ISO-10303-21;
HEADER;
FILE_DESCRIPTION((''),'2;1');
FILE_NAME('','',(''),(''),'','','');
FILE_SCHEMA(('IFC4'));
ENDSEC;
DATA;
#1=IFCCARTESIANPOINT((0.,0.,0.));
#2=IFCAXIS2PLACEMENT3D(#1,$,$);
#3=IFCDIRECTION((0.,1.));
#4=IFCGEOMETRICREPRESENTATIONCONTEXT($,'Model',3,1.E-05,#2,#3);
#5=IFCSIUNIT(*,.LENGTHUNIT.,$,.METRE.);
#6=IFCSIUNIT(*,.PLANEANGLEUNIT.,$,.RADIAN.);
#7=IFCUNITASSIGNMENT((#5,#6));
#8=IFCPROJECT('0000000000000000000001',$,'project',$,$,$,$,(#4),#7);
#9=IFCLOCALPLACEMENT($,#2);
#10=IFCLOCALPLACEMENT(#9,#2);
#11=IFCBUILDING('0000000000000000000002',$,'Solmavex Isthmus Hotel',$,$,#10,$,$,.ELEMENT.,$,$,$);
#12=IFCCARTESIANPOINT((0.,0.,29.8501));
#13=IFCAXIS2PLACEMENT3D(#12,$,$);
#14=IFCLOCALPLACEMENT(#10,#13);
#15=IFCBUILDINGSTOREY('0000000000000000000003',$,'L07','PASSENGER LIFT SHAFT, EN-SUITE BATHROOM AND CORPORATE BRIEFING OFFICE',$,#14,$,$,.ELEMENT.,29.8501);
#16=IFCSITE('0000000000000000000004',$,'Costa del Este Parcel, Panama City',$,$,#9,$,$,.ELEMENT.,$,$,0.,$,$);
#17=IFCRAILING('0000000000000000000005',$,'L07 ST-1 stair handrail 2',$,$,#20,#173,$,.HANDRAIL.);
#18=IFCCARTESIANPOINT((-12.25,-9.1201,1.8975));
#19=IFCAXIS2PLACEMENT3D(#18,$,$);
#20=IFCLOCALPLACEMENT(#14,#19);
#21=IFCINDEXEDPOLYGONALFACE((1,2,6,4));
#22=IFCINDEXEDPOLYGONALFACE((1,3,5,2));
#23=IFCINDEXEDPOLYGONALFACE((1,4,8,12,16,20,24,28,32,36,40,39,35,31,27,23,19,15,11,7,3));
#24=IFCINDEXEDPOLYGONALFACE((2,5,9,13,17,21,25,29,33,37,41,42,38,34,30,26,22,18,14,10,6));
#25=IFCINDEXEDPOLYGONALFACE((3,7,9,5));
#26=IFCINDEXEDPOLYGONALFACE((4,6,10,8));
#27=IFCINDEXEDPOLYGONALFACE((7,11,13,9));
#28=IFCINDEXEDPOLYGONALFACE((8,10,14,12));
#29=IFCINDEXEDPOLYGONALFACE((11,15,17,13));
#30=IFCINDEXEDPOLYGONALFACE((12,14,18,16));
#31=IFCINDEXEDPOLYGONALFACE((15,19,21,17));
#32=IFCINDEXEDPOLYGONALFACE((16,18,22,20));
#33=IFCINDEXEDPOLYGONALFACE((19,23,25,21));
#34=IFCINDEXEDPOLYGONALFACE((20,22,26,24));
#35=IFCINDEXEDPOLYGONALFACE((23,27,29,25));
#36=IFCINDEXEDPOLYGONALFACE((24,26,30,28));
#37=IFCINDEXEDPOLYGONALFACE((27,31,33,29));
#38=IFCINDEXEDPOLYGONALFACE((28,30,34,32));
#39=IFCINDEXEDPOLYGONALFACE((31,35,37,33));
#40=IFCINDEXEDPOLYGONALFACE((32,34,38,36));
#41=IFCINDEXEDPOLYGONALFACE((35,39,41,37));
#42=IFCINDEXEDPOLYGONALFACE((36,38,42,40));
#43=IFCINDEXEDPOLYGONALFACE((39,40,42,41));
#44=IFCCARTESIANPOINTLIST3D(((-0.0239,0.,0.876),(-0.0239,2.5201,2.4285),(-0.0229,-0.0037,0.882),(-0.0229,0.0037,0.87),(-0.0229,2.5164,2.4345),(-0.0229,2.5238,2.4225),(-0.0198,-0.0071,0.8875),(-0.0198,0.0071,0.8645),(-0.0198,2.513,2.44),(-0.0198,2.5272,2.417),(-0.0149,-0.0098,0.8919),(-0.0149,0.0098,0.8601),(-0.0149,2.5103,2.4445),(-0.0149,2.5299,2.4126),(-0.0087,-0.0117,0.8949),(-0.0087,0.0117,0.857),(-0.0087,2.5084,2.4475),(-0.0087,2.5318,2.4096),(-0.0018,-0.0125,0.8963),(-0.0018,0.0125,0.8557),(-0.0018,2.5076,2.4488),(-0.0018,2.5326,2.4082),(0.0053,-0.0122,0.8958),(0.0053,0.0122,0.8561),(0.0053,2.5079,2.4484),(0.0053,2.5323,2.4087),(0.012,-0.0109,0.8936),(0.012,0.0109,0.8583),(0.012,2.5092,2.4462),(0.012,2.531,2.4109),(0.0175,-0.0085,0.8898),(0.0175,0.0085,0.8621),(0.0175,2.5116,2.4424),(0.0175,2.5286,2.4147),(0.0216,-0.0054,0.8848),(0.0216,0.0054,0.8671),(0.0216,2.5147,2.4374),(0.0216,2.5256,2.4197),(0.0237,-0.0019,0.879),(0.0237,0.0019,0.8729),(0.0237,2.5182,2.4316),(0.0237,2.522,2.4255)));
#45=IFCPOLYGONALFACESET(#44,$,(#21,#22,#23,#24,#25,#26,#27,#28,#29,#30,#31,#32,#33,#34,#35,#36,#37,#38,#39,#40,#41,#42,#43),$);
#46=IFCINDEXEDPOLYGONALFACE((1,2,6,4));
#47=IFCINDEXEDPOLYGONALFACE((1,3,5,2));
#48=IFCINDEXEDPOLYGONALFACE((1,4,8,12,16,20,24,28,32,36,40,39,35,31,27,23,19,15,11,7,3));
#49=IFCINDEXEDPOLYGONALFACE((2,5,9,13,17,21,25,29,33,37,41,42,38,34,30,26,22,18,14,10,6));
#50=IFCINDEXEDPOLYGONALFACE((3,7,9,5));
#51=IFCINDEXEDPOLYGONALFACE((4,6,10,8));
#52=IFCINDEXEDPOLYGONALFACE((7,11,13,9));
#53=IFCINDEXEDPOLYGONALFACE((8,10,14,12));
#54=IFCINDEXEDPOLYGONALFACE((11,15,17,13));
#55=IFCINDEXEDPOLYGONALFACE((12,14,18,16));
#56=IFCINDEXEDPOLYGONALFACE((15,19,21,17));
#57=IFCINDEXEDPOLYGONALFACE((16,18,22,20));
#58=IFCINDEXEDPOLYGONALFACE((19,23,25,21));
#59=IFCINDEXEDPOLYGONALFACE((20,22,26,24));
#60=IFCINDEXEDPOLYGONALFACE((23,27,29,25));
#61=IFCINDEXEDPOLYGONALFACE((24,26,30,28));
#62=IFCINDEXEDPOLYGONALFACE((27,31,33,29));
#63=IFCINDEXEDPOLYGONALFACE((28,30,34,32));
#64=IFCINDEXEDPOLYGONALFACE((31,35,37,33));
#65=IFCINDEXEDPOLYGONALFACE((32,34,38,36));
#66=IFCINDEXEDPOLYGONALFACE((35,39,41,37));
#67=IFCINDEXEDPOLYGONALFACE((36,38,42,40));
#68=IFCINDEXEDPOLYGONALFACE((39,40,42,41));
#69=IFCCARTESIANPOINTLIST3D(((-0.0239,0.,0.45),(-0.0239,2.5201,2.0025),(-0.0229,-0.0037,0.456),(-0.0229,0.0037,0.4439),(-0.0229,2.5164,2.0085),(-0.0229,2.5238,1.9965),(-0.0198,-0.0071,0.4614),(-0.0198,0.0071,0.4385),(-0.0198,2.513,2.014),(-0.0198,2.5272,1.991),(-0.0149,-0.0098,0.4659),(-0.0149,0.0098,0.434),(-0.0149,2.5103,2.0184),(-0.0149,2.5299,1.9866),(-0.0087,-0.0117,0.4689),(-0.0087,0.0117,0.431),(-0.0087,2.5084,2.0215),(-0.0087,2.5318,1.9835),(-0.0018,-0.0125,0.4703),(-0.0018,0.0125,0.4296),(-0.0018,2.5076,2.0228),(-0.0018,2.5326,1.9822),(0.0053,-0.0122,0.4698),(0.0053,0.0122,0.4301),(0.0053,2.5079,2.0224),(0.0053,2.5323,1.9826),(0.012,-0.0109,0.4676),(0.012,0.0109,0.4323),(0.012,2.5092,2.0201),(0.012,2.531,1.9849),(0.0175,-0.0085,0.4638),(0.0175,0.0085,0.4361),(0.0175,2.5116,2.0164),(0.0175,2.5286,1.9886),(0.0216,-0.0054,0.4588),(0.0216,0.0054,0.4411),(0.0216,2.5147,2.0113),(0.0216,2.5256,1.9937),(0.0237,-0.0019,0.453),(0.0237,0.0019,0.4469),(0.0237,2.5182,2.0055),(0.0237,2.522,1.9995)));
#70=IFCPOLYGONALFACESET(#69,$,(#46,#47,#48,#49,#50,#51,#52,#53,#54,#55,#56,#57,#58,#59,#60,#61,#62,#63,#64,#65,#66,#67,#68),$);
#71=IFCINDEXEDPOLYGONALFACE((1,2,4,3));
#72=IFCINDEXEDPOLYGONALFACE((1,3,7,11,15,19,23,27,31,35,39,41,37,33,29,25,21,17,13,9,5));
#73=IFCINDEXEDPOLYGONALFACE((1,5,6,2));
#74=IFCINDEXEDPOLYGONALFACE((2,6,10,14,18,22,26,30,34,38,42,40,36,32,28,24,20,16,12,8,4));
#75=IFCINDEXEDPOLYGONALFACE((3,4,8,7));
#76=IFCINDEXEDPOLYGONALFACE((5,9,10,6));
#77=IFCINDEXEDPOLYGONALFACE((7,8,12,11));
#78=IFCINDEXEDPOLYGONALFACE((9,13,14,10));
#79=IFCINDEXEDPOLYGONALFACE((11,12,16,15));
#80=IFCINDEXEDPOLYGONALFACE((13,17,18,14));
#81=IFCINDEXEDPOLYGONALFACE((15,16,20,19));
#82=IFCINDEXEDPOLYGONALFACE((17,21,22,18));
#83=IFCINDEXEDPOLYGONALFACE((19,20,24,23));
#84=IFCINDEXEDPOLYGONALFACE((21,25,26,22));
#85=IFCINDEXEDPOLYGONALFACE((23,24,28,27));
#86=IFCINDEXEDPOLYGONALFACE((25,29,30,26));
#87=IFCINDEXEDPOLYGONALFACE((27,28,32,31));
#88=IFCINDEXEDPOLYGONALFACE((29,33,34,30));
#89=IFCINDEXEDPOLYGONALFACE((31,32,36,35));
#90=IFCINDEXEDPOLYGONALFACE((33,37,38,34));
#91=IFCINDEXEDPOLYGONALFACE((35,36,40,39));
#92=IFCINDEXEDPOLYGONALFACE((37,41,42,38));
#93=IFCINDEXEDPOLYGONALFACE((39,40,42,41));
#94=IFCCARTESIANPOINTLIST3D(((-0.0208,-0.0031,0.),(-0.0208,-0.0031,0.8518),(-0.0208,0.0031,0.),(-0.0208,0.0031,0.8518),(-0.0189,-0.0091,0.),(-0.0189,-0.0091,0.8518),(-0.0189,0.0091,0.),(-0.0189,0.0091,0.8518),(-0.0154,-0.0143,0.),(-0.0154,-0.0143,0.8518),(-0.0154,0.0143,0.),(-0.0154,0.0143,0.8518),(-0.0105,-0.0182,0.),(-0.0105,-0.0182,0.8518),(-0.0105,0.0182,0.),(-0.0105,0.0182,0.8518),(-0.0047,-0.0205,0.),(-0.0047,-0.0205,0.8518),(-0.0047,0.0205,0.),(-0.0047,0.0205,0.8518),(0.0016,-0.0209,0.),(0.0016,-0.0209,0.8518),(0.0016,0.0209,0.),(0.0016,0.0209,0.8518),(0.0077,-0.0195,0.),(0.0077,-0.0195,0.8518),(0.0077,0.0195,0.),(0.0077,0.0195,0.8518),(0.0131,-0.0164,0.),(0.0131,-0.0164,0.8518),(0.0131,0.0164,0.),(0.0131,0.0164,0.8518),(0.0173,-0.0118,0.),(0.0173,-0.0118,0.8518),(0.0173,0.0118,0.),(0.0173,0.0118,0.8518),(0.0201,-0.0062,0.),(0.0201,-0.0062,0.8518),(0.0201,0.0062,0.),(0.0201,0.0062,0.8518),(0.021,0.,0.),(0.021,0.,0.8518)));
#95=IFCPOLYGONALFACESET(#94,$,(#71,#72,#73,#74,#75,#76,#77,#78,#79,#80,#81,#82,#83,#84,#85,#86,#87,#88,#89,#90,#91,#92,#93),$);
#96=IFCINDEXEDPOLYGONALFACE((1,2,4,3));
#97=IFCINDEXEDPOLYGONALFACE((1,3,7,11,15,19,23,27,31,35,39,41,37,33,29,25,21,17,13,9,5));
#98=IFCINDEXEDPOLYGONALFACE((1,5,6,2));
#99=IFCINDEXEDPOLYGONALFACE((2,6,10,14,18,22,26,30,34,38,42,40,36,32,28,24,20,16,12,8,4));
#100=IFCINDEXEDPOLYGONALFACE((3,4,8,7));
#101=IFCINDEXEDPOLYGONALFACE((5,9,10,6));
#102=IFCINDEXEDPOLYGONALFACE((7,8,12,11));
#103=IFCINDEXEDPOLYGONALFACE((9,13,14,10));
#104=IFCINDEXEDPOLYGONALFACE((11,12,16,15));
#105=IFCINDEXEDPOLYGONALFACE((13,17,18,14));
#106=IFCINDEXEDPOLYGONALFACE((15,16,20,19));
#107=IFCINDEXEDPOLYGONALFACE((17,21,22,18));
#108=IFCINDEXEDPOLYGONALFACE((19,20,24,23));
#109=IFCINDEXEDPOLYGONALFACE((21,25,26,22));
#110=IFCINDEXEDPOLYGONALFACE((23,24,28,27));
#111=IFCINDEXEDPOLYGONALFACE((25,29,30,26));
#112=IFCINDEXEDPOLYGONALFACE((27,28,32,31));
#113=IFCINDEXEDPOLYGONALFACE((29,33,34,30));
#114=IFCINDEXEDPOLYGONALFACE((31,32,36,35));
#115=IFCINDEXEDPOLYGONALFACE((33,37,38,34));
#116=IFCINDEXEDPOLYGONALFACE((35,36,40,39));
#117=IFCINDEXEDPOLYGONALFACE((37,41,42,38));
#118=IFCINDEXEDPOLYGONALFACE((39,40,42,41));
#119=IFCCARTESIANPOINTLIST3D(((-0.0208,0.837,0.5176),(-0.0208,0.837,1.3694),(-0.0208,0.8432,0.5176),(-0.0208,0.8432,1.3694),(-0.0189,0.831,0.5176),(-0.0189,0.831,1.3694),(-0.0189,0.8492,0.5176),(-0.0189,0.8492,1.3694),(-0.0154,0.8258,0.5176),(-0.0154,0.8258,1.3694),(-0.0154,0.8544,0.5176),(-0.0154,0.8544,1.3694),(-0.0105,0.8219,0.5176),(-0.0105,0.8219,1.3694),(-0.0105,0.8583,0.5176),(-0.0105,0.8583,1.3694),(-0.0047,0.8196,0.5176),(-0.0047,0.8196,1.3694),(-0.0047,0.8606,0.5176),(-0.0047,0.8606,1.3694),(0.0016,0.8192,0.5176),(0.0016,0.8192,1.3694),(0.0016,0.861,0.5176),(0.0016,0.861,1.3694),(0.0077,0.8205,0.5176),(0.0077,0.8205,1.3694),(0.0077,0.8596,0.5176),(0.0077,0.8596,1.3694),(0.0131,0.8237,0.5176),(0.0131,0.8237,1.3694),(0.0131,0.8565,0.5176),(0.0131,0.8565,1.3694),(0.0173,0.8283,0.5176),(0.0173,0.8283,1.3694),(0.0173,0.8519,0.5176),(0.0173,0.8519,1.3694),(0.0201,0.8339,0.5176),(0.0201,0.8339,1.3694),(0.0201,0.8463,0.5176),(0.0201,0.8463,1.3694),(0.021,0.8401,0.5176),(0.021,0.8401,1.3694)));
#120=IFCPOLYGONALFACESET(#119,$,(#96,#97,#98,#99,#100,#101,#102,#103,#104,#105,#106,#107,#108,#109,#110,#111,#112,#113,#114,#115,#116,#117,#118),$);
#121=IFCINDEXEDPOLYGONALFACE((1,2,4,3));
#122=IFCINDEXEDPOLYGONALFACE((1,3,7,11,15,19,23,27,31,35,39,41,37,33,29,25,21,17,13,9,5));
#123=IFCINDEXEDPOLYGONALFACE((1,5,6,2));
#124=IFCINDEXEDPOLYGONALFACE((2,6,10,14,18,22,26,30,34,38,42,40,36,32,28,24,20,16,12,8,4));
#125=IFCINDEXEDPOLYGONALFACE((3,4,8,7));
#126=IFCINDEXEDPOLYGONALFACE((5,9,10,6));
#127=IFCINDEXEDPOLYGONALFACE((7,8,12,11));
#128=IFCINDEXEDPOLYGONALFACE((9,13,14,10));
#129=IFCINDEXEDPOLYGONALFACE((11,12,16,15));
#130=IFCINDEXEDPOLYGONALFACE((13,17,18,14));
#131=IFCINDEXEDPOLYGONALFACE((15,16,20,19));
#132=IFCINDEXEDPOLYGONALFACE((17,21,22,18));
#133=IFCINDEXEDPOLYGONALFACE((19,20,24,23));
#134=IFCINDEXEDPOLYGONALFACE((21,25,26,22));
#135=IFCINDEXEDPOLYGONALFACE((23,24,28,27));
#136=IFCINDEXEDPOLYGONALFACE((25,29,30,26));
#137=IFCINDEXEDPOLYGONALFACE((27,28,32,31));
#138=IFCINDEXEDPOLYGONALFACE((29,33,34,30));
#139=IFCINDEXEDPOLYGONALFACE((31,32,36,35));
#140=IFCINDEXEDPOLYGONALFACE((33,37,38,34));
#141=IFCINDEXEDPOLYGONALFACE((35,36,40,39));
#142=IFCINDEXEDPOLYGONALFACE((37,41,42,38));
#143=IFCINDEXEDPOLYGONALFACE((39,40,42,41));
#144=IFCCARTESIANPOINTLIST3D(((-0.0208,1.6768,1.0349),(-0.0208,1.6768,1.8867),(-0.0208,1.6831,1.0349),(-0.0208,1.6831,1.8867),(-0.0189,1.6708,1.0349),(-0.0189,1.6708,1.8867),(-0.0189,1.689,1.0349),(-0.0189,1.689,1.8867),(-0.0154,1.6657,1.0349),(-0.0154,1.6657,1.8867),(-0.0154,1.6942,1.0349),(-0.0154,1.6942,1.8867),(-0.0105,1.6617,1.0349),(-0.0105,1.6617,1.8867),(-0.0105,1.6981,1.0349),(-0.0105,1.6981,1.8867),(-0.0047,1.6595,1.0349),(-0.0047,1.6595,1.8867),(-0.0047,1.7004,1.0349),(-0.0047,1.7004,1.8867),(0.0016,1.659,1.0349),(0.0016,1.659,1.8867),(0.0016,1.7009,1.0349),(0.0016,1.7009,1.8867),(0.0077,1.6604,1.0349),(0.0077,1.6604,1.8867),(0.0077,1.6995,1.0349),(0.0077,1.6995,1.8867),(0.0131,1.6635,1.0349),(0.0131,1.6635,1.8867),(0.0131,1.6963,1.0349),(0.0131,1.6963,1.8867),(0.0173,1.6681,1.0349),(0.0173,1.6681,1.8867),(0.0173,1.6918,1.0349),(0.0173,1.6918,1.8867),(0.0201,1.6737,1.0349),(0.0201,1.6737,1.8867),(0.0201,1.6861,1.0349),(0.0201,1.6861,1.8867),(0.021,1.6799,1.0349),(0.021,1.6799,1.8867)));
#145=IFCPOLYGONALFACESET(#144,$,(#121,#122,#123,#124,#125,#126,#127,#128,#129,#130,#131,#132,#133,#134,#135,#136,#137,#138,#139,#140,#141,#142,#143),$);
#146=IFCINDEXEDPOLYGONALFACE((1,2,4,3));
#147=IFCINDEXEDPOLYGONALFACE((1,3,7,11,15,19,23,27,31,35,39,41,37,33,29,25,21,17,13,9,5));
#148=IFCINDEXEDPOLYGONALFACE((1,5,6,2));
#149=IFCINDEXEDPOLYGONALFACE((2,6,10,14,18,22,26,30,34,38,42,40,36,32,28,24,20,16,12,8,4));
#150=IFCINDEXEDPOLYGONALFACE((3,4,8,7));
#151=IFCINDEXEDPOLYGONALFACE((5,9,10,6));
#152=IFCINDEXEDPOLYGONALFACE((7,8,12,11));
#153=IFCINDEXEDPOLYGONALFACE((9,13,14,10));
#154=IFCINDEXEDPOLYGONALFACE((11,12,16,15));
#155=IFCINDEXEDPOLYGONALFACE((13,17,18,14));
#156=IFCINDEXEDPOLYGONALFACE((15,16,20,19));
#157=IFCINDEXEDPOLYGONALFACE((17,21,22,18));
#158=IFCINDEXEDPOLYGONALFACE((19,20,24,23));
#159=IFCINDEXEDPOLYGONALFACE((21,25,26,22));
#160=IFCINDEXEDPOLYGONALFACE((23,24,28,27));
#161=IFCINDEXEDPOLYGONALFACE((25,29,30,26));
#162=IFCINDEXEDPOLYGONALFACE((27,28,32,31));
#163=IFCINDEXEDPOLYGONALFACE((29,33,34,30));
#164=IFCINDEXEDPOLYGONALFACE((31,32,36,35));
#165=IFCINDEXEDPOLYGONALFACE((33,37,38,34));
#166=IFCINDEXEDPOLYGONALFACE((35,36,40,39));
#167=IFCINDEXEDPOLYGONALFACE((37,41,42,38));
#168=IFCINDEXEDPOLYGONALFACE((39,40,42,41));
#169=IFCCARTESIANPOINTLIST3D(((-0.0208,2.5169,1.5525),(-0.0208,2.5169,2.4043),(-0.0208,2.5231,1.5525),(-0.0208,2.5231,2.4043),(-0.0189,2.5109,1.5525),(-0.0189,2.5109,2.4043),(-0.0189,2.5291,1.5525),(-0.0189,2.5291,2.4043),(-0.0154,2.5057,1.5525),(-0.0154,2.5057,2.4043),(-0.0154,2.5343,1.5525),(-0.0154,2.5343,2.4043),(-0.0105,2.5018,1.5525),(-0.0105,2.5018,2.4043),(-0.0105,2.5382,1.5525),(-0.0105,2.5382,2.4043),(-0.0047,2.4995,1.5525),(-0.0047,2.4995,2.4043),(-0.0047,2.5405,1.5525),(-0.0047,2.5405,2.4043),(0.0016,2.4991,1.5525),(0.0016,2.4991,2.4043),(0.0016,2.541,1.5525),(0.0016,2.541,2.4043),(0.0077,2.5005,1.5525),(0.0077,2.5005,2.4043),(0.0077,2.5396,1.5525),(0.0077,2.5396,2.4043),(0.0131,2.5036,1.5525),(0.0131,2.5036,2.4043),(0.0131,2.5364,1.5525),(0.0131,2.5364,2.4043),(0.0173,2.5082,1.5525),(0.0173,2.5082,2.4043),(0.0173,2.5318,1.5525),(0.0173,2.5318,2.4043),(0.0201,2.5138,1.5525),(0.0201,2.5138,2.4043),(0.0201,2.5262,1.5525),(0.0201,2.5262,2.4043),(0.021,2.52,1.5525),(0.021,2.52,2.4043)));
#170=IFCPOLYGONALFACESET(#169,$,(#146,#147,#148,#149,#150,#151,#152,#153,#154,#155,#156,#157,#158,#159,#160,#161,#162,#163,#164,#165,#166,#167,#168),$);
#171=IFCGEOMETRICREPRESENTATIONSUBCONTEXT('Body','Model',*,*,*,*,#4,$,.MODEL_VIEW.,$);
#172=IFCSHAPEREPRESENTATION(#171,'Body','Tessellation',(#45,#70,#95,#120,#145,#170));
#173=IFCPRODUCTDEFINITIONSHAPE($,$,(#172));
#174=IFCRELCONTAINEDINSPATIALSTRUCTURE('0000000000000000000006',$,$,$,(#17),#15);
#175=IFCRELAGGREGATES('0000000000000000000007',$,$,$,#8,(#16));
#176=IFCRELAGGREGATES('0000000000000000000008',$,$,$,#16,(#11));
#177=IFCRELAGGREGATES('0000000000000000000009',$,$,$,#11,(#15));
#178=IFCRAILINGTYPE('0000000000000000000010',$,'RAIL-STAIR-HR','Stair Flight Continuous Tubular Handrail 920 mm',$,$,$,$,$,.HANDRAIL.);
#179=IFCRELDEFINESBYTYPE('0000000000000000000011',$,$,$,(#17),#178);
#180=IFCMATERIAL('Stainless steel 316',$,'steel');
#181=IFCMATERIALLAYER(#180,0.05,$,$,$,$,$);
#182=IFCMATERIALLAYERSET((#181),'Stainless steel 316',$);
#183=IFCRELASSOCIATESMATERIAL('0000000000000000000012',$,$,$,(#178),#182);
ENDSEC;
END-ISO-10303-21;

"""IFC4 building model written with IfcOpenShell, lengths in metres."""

from ifc_helpers import new_model, si_unit, direction, frame, origin, origin_2d, place, context, subcontext, project, spatial, circle, extrude, material, layer, layer_set, type_object, element, save


model = new_model("IFC4")

# Units and contexts
model_context = context("Model", 3, precision=1e-05, world=origin(), true_north=direction((0.0, 1.0)))
body_context = subcontext(model_context, "Body", "Model", "MODEL_VIEW")
ifc_project = project(units=[si_unit("LENGTHUNIT", "METRE"), si_unit("PLANEANGLEUNIT", "RADIAN")], contexts=[model_context])

# Site, building, storey
site_placement = place(None, origin())
site = spatial("IfcSite", under=ifc_project, at=site_placement, Name="Costa del Este Parcel, Panama City", CompositionType="ELEMENT", RefElevation=0.0)
building_placement = place(site_placement, origin())
building = spatial("IfcBuilding", under=site, at=building_placement, Name="Solmavex Isthmus Hotel", CompositionType="ELEMENT")
storey_placement = place(building_placement, frame((0.0, 0.0, 29.8501)))
storey = spatial("IfcBuildingStorey", under=building, at=storey_placement, Name="L07", Description="PASSENGER LIFT SHAFT, EN-SUITE BATHROOM AND CORPORATE BRIEFING OFFICE", CompositionType="ELEMENT", Elevation=29.8501)

# Shared definitions
ifc_material_1 = material(Name="Stainless steel 316", Category="steel")

# Railing
ifc_layer_1 = layer(ifc_material_1, 0.05)
ifc_layer_set_1 = layer_set([ifc_layer_1], Name="Stainless steel 316")
railing_type_1 = type_object("IfcRailingType", Name="RAIL-STAIR-HR", Description="Stair Flight Continuous Tubular Handrail 920 mm", PredefinedType="HANDRAIL", material=ifc_layer_set_1)
railing_1_placement = place(storey_placement, frame((-12.25, -9.1201, 1.8975)))
element("IfcRailing", 1, at=railing_1_placement, inside=storey, type_object=railing_type_1, Name="L07 ST-1 stair handrail 2", PredefinedType="HANDRAIL", context=body_context, shape_type="SweptSolid", body=[
    extrude(circle(Radius=0.0239, at=origin_2d()), frame((0.0, 0.0, 0.876), z_axis=(0.0, 0.8514, 0.524516), x_axis=(-1.0, 0.0, 0.0)), (0.0, 0.0, 1.0), 2.96),
    extrude(circle(Radius=0.0239, at=origin_2d()), frame((0.0, 0.0, 0.45), z_axis=(0.0, 0.8514, 0.524516), x_axis=(-1.0, 0.0, 0.0)), (0.0, 0.0, 1.0), 2.96),
    extrude(circle(Radius=0.021, at=origin_2d()), origin(), (0.0, 0.0, 1.0), 0.8518),
    extrude(circle(Radius=0.021, at=origin_2d()), frame((0.0, 0.8401, 0.5176)), (0.0, 0.0, 1.0), 0.8518),
    extrude(circle(Radius=0.021, at=origin_2d()), frame((0.0, 1.6799, 1.0349)), (0.0, 0.0, 1.0), 0.8518),
    extrude(circle(Radius=0.021, at=origin_2d()), frame((0.0, 2.52, 1.5525)), (0.0, 0.0, 1.0), 0.8518),
])

save(model, "model.ifc")
